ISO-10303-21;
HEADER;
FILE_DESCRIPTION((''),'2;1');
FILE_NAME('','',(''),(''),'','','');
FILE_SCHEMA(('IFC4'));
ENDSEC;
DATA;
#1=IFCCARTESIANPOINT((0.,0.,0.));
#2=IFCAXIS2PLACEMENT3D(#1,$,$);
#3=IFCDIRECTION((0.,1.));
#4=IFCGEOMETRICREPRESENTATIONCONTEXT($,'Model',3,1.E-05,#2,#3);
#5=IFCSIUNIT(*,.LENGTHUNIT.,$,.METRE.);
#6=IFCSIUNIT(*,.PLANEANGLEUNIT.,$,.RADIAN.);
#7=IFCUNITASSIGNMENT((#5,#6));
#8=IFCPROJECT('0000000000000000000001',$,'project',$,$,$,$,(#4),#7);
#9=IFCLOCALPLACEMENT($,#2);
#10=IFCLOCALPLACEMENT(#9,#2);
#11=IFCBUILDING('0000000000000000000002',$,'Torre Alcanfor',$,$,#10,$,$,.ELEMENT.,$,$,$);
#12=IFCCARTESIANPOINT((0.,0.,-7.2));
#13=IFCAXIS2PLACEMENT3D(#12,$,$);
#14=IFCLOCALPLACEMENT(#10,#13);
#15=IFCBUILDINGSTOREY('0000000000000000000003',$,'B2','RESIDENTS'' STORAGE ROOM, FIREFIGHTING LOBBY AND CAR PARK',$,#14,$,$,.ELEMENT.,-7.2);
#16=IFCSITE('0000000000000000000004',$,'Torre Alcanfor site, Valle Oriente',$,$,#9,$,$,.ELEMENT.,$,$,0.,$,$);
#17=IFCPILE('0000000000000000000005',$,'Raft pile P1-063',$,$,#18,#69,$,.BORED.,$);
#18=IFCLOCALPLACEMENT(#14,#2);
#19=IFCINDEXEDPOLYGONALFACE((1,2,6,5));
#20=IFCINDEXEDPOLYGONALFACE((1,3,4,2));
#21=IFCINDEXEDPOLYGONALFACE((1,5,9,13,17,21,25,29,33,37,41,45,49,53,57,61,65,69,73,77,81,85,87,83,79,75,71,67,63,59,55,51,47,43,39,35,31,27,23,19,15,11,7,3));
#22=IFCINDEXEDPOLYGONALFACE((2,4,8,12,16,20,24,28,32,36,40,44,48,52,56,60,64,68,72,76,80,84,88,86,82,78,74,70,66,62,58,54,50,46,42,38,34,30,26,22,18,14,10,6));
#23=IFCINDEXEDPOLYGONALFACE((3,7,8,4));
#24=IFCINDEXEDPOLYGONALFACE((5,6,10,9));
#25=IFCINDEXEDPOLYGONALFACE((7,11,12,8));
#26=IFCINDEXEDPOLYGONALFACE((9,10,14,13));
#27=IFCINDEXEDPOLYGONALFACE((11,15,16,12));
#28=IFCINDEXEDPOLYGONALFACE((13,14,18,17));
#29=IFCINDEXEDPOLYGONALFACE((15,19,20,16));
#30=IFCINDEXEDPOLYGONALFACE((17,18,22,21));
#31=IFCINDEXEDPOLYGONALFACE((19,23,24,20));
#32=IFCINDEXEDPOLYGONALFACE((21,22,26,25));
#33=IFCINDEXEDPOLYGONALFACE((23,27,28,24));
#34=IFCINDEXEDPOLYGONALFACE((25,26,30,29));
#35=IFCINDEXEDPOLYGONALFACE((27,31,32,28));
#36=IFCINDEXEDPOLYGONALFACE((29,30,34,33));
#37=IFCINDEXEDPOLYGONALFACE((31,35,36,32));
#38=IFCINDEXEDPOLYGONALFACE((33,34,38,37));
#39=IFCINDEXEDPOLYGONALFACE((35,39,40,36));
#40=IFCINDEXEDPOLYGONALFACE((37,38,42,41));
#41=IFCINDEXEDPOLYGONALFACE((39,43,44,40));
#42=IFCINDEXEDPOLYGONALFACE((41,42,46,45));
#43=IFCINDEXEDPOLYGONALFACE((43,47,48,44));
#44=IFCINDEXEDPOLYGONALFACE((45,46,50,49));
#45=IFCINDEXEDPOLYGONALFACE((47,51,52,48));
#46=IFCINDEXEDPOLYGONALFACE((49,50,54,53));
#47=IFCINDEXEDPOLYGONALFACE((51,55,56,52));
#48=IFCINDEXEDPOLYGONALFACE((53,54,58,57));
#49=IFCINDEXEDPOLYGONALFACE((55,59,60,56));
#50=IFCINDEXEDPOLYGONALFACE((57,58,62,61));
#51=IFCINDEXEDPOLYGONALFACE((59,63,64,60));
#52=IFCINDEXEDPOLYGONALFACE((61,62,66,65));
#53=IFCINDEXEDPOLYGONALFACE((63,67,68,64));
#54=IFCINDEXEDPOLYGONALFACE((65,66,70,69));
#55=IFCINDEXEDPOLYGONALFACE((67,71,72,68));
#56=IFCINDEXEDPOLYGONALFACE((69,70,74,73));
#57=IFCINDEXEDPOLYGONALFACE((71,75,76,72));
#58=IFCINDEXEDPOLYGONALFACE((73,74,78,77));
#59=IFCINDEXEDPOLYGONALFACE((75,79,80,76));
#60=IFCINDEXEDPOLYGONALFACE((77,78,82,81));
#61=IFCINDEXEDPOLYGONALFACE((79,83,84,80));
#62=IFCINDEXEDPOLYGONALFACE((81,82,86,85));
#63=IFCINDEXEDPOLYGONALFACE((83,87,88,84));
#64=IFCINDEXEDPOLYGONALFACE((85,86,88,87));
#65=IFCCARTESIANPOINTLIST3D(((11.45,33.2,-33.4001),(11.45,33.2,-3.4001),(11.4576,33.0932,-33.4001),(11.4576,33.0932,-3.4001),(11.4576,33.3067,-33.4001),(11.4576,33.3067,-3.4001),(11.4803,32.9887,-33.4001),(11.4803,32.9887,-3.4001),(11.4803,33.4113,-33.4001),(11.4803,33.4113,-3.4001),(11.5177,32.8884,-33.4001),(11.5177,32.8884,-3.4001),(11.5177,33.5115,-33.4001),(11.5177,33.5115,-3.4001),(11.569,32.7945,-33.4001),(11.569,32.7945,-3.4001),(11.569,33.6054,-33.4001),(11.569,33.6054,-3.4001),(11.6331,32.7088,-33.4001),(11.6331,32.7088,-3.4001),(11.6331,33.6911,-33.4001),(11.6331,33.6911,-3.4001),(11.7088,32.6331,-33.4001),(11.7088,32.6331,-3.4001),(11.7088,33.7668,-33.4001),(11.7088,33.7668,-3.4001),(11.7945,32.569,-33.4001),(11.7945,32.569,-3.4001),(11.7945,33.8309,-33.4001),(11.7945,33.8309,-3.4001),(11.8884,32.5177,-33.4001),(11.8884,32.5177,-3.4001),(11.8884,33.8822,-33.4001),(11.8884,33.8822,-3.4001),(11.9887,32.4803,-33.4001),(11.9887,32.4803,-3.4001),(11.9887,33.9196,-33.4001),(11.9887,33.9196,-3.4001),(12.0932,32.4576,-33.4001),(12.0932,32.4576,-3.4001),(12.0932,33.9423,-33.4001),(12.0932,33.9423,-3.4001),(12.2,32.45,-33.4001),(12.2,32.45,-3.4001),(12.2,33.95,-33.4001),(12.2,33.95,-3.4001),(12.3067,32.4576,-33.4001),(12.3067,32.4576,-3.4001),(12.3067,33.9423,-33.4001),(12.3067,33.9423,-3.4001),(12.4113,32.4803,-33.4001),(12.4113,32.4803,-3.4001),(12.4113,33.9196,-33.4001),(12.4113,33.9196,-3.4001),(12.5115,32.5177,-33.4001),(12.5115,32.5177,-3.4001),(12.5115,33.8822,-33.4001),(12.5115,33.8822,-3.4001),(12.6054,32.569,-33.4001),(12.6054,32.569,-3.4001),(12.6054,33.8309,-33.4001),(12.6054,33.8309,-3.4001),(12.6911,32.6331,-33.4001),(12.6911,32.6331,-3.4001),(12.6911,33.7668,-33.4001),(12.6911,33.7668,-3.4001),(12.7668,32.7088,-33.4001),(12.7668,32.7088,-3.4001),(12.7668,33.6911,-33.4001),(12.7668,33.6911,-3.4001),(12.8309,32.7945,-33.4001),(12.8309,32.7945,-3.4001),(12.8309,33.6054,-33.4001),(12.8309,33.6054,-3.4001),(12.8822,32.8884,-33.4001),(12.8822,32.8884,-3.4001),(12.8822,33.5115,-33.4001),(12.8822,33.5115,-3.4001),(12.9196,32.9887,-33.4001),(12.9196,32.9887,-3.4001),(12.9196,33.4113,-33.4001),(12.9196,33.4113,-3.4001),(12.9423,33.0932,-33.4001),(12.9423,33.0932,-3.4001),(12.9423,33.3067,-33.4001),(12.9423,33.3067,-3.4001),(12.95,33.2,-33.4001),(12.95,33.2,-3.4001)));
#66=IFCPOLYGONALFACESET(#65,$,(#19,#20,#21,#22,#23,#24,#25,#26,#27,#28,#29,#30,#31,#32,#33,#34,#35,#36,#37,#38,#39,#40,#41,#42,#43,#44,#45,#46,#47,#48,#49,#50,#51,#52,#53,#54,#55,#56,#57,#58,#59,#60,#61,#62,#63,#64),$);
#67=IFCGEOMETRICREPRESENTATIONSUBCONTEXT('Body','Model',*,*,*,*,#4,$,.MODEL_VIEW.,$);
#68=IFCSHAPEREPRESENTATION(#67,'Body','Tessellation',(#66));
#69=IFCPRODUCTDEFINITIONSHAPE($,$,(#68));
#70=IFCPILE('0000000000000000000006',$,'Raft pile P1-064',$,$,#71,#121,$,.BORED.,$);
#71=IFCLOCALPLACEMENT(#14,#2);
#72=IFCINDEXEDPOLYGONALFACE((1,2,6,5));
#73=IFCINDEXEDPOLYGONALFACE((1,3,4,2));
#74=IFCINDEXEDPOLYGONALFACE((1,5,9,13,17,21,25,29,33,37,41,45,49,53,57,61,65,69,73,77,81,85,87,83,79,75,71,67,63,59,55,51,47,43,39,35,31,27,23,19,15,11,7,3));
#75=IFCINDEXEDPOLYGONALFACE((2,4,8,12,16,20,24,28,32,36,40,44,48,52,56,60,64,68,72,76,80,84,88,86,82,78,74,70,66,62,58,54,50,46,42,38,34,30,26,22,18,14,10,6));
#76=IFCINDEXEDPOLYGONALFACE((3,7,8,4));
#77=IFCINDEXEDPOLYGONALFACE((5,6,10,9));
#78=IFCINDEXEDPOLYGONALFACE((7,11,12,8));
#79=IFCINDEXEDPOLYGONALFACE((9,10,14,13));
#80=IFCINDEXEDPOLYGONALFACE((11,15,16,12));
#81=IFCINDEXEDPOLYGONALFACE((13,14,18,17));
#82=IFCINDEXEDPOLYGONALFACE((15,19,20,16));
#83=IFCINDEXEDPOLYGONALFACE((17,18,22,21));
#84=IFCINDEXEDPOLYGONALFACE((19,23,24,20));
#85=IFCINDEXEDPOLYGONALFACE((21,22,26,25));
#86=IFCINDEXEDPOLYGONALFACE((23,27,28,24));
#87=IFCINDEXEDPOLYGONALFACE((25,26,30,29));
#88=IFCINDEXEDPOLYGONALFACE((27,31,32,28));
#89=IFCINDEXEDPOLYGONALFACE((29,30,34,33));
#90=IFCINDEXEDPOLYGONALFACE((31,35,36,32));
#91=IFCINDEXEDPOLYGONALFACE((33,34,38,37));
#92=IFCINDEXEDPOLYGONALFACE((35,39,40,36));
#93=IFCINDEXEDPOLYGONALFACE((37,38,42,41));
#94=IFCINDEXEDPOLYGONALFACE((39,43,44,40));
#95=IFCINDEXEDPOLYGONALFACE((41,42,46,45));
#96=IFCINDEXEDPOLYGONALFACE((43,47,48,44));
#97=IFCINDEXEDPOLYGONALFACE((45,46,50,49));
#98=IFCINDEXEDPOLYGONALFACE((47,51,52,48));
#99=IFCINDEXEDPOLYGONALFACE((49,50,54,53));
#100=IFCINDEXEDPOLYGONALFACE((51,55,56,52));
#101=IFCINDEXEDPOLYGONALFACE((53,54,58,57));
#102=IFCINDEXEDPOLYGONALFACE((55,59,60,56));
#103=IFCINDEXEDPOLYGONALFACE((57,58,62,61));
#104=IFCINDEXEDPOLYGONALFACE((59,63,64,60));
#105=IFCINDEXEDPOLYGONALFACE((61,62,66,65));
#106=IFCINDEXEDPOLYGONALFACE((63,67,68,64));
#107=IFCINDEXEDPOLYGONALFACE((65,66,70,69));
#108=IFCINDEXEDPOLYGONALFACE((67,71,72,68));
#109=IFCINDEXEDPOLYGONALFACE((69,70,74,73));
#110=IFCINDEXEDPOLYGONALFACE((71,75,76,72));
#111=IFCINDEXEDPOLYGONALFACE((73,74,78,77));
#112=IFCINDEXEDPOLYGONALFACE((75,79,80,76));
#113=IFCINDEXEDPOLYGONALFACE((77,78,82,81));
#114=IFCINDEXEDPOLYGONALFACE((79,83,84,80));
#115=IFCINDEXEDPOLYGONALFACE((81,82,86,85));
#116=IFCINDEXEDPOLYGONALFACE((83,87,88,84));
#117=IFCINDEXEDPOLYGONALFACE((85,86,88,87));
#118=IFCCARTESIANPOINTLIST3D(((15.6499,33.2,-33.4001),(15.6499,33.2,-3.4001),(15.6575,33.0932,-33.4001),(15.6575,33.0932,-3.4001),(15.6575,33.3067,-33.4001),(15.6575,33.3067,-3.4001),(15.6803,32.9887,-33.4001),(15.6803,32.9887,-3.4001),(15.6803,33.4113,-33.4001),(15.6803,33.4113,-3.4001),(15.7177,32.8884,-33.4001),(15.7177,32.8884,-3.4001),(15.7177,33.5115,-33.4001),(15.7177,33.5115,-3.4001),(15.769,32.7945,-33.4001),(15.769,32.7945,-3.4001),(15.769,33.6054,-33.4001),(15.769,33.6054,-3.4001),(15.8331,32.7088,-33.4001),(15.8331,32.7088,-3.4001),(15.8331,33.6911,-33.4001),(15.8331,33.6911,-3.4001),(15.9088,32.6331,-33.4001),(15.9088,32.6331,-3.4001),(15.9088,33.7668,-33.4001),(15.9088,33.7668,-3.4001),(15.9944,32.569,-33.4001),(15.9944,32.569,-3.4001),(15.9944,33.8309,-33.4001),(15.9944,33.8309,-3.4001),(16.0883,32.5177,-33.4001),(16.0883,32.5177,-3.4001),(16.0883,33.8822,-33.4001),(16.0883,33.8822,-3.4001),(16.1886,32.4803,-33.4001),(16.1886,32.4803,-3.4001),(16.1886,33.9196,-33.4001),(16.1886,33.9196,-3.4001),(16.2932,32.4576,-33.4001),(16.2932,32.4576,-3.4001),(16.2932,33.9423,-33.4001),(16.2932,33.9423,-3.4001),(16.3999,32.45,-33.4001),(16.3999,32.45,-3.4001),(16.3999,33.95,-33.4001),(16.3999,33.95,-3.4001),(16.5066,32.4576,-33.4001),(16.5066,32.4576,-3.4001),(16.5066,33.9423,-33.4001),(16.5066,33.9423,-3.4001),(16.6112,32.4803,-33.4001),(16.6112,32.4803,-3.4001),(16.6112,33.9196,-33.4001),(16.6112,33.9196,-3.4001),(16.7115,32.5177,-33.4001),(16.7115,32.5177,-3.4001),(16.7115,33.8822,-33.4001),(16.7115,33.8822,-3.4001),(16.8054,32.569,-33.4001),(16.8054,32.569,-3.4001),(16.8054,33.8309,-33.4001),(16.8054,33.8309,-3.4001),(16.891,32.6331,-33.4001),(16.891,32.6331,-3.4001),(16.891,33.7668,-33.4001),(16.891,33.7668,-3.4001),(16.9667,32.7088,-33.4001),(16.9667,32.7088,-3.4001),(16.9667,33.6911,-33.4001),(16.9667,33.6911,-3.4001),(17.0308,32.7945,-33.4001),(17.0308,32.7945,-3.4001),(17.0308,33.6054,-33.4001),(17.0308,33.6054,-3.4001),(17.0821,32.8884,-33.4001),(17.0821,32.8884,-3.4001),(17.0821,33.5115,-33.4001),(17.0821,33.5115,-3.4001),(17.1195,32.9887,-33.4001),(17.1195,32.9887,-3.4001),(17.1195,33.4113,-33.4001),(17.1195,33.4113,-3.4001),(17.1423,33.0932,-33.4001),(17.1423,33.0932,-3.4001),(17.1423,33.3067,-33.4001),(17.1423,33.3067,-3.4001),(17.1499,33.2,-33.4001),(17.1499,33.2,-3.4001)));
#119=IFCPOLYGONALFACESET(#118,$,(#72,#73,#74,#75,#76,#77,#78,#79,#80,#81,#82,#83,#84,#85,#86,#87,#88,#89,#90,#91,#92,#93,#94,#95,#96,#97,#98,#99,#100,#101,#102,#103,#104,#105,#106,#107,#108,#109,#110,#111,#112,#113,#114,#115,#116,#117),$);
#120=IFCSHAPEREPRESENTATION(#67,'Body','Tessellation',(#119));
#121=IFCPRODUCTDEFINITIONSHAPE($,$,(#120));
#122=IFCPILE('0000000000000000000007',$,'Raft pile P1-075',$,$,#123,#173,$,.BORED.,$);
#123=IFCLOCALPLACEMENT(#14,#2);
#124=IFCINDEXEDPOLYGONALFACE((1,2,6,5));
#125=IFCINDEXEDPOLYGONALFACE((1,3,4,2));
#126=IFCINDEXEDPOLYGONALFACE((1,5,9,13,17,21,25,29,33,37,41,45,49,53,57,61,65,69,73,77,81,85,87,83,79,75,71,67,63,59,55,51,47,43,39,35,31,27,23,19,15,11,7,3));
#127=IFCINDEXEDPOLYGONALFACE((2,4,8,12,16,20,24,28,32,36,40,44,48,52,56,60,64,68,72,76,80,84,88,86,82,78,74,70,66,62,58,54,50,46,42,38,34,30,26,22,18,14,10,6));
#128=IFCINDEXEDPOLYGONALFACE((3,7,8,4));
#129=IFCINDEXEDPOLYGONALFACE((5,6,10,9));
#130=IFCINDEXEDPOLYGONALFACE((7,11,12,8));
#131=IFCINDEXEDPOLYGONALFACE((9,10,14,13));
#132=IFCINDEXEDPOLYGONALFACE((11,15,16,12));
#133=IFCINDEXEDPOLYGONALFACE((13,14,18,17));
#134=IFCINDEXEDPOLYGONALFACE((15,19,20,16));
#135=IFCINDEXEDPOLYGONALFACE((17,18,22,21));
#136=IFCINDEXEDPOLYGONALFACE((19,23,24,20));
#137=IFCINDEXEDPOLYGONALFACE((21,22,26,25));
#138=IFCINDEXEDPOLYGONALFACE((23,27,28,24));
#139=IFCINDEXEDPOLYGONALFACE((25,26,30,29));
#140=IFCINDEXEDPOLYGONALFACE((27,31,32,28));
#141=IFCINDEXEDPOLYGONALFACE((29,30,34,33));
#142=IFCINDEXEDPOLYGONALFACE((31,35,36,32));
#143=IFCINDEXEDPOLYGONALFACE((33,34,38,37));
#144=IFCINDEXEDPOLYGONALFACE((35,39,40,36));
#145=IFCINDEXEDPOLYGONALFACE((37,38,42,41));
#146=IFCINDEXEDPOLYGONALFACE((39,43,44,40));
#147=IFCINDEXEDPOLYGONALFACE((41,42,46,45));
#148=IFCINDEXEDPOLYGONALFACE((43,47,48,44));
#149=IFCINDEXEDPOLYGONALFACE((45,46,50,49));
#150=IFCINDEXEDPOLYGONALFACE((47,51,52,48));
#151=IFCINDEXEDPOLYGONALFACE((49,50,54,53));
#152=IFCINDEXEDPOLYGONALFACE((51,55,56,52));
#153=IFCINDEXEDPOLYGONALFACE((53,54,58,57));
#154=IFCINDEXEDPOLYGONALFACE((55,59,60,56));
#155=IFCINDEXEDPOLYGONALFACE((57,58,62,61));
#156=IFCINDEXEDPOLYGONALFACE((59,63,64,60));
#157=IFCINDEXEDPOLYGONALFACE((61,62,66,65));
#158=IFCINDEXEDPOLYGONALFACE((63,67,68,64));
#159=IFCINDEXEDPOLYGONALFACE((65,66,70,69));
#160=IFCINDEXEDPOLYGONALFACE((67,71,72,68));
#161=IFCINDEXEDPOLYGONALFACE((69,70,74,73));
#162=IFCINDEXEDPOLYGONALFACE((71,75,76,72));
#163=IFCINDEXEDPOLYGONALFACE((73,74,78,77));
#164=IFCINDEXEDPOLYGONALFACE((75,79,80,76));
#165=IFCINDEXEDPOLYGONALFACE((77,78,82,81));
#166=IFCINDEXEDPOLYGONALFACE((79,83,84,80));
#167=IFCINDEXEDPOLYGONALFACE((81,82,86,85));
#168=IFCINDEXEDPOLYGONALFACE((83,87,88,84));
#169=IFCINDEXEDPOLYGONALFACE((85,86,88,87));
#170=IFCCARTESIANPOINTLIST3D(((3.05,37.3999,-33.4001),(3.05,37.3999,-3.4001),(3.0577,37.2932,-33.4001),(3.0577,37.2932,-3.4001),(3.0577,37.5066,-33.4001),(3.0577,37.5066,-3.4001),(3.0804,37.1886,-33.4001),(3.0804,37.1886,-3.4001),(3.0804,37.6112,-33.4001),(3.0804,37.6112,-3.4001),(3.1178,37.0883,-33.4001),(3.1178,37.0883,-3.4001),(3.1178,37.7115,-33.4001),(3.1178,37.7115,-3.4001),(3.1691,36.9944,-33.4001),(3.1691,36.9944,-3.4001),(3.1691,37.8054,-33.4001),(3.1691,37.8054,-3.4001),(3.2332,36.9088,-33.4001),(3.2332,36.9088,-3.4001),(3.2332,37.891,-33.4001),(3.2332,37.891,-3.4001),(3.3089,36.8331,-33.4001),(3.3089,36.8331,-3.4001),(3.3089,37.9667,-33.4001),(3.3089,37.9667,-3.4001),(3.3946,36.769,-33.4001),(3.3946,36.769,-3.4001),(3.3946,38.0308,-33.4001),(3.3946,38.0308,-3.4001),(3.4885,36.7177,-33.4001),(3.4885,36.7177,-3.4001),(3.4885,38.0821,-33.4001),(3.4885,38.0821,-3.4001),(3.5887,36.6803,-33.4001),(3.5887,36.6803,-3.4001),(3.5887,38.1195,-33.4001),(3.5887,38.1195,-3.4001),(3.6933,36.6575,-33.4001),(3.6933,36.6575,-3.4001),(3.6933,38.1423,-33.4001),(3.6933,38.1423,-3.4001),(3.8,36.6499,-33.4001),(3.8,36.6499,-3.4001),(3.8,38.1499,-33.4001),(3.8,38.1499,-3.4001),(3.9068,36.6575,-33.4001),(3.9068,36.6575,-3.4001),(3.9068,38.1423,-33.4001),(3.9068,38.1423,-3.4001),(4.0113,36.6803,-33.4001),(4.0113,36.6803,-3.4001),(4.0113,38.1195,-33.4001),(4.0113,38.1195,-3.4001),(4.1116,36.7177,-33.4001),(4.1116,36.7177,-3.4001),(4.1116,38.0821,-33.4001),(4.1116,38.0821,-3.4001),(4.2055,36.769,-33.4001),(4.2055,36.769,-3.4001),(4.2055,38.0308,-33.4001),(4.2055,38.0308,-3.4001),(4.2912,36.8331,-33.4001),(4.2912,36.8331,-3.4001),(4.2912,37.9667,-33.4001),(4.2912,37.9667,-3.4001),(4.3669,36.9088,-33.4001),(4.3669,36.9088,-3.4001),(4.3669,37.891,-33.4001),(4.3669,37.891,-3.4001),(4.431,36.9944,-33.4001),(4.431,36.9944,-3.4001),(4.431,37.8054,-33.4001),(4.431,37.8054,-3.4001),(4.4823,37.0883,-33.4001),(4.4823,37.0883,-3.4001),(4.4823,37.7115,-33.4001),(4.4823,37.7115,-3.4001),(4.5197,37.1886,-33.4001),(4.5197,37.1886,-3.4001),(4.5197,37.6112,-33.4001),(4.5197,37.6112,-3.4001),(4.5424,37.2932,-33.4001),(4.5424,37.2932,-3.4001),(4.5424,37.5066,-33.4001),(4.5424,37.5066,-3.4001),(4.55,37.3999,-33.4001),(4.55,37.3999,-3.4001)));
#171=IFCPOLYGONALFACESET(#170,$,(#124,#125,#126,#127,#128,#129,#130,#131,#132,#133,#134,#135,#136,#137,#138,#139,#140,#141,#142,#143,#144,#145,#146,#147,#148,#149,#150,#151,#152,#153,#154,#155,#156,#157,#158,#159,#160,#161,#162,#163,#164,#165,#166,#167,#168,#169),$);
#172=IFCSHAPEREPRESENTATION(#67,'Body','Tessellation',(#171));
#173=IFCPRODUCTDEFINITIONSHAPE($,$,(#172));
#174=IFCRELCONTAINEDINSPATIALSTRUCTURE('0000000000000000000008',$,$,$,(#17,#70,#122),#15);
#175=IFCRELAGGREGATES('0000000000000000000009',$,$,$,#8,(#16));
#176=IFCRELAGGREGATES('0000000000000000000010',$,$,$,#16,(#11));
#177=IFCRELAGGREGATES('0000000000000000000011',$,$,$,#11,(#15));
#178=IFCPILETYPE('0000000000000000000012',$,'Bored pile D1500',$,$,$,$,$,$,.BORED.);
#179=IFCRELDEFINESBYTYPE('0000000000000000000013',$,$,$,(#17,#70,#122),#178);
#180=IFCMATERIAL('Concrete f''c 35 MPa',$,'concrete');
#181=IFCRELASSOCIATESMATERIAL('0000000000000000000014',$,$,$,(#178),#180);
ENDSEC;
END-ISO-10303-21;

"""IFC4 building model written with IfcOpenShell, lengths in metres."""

from ifc_helpers import new_model, si_unit, direction, frame, origin, origin_2d, place, context, subcontext, project, spatial, circle, extrude, material, material_profile, profile_set, type_object, element, save


model = new_model("IFC4")

# Units and contexts
model_context = context("Model", 3, precision=1e-05, world=origin(), true_north=direction((0.0, 1.0)))
body_context = subcontext(model_context, "Body", "Model", "MODEL_VIEW")
ifc_project = project(units=[si_unit("LENGTHUNIT", "METRE"), si_unit("PLANEANGLEUNIT", "RADIAN")], contexts=[model_context])

# Site, building, storey
site_placement = place(None, origin())
site = spatial("IfcSite", under=ifc_project, at=site_placement, Name="Torre Alcanfor site, Valle Oriente", CompositionType="ELEMENT", RefElevation=0.0)
building_placement = place(site_placement, origin())
building = spatial("IfcBuilding", under=site, at=building_placement, Name="Torre Alcanfor", CompositionType="ELEMENT")
storey_placement = place(building_placement, frame((0.0, 0.0, -7.2)))
storey = spatial("IfcBuildingStorey", under=building, at=storey_placement, Name="B2", Description="RESIDENTS' STORAGE ROOM, FIREFIGHTING LOBBY AND CAR PARK", CompositionType="ELEMENT", Elevation=-7.2)

# Piles
ifc_material_1 = material(Name="Concrete f'c 35 MPa", Category="concrete")
ifc_material_profile_1 = material_profile(ifc_material_1, circle(Radius=0.75, at=origin_2d()), Name="D1500")
ifc_profile_set_1 = profile_set([ifc_material_profile_1], Name="Concrete f'c 35 MPa")
pile_type = type_object("IfcPileType", Name="Bored pile D1500", PredefinedType="BORED", material=ifc_profile_set_1)
for number, where, z_axis, x_axis, name in (
    (1, (12.2, 33.2, -3.4001), (0.0, 0.0, -1.0), (1.0, 0.0, 0.0), "Raft pile P1-063"),
    (2, (16.3999, 33.2, -3.4001), (0.0, 0.0, -1.0), (1.0, 0.0, 0.0), "Raft pile P1-064"),
    (3, (3.8, 37.3999, -3.4001), (0.0, 0.0, -1.0), (1.0, 0.0, 0.0), "Raft pile P1-075"),
):
    element("IfcPile", number, at=place(storey_placement, frame(where, z_axis=z_axis, x_axis=x_axis)), inside=storey, type_object=pile_type, Name=name, PredefinedType="BORED", context=body_context, shape_type="SweptSolid", body=[
        extrude(circle(Radius=0.75, at=origin_2d()), origin(), (0.0, 0.0, 1.0), 30.0),
    ])

save(model, "model.ifc")
